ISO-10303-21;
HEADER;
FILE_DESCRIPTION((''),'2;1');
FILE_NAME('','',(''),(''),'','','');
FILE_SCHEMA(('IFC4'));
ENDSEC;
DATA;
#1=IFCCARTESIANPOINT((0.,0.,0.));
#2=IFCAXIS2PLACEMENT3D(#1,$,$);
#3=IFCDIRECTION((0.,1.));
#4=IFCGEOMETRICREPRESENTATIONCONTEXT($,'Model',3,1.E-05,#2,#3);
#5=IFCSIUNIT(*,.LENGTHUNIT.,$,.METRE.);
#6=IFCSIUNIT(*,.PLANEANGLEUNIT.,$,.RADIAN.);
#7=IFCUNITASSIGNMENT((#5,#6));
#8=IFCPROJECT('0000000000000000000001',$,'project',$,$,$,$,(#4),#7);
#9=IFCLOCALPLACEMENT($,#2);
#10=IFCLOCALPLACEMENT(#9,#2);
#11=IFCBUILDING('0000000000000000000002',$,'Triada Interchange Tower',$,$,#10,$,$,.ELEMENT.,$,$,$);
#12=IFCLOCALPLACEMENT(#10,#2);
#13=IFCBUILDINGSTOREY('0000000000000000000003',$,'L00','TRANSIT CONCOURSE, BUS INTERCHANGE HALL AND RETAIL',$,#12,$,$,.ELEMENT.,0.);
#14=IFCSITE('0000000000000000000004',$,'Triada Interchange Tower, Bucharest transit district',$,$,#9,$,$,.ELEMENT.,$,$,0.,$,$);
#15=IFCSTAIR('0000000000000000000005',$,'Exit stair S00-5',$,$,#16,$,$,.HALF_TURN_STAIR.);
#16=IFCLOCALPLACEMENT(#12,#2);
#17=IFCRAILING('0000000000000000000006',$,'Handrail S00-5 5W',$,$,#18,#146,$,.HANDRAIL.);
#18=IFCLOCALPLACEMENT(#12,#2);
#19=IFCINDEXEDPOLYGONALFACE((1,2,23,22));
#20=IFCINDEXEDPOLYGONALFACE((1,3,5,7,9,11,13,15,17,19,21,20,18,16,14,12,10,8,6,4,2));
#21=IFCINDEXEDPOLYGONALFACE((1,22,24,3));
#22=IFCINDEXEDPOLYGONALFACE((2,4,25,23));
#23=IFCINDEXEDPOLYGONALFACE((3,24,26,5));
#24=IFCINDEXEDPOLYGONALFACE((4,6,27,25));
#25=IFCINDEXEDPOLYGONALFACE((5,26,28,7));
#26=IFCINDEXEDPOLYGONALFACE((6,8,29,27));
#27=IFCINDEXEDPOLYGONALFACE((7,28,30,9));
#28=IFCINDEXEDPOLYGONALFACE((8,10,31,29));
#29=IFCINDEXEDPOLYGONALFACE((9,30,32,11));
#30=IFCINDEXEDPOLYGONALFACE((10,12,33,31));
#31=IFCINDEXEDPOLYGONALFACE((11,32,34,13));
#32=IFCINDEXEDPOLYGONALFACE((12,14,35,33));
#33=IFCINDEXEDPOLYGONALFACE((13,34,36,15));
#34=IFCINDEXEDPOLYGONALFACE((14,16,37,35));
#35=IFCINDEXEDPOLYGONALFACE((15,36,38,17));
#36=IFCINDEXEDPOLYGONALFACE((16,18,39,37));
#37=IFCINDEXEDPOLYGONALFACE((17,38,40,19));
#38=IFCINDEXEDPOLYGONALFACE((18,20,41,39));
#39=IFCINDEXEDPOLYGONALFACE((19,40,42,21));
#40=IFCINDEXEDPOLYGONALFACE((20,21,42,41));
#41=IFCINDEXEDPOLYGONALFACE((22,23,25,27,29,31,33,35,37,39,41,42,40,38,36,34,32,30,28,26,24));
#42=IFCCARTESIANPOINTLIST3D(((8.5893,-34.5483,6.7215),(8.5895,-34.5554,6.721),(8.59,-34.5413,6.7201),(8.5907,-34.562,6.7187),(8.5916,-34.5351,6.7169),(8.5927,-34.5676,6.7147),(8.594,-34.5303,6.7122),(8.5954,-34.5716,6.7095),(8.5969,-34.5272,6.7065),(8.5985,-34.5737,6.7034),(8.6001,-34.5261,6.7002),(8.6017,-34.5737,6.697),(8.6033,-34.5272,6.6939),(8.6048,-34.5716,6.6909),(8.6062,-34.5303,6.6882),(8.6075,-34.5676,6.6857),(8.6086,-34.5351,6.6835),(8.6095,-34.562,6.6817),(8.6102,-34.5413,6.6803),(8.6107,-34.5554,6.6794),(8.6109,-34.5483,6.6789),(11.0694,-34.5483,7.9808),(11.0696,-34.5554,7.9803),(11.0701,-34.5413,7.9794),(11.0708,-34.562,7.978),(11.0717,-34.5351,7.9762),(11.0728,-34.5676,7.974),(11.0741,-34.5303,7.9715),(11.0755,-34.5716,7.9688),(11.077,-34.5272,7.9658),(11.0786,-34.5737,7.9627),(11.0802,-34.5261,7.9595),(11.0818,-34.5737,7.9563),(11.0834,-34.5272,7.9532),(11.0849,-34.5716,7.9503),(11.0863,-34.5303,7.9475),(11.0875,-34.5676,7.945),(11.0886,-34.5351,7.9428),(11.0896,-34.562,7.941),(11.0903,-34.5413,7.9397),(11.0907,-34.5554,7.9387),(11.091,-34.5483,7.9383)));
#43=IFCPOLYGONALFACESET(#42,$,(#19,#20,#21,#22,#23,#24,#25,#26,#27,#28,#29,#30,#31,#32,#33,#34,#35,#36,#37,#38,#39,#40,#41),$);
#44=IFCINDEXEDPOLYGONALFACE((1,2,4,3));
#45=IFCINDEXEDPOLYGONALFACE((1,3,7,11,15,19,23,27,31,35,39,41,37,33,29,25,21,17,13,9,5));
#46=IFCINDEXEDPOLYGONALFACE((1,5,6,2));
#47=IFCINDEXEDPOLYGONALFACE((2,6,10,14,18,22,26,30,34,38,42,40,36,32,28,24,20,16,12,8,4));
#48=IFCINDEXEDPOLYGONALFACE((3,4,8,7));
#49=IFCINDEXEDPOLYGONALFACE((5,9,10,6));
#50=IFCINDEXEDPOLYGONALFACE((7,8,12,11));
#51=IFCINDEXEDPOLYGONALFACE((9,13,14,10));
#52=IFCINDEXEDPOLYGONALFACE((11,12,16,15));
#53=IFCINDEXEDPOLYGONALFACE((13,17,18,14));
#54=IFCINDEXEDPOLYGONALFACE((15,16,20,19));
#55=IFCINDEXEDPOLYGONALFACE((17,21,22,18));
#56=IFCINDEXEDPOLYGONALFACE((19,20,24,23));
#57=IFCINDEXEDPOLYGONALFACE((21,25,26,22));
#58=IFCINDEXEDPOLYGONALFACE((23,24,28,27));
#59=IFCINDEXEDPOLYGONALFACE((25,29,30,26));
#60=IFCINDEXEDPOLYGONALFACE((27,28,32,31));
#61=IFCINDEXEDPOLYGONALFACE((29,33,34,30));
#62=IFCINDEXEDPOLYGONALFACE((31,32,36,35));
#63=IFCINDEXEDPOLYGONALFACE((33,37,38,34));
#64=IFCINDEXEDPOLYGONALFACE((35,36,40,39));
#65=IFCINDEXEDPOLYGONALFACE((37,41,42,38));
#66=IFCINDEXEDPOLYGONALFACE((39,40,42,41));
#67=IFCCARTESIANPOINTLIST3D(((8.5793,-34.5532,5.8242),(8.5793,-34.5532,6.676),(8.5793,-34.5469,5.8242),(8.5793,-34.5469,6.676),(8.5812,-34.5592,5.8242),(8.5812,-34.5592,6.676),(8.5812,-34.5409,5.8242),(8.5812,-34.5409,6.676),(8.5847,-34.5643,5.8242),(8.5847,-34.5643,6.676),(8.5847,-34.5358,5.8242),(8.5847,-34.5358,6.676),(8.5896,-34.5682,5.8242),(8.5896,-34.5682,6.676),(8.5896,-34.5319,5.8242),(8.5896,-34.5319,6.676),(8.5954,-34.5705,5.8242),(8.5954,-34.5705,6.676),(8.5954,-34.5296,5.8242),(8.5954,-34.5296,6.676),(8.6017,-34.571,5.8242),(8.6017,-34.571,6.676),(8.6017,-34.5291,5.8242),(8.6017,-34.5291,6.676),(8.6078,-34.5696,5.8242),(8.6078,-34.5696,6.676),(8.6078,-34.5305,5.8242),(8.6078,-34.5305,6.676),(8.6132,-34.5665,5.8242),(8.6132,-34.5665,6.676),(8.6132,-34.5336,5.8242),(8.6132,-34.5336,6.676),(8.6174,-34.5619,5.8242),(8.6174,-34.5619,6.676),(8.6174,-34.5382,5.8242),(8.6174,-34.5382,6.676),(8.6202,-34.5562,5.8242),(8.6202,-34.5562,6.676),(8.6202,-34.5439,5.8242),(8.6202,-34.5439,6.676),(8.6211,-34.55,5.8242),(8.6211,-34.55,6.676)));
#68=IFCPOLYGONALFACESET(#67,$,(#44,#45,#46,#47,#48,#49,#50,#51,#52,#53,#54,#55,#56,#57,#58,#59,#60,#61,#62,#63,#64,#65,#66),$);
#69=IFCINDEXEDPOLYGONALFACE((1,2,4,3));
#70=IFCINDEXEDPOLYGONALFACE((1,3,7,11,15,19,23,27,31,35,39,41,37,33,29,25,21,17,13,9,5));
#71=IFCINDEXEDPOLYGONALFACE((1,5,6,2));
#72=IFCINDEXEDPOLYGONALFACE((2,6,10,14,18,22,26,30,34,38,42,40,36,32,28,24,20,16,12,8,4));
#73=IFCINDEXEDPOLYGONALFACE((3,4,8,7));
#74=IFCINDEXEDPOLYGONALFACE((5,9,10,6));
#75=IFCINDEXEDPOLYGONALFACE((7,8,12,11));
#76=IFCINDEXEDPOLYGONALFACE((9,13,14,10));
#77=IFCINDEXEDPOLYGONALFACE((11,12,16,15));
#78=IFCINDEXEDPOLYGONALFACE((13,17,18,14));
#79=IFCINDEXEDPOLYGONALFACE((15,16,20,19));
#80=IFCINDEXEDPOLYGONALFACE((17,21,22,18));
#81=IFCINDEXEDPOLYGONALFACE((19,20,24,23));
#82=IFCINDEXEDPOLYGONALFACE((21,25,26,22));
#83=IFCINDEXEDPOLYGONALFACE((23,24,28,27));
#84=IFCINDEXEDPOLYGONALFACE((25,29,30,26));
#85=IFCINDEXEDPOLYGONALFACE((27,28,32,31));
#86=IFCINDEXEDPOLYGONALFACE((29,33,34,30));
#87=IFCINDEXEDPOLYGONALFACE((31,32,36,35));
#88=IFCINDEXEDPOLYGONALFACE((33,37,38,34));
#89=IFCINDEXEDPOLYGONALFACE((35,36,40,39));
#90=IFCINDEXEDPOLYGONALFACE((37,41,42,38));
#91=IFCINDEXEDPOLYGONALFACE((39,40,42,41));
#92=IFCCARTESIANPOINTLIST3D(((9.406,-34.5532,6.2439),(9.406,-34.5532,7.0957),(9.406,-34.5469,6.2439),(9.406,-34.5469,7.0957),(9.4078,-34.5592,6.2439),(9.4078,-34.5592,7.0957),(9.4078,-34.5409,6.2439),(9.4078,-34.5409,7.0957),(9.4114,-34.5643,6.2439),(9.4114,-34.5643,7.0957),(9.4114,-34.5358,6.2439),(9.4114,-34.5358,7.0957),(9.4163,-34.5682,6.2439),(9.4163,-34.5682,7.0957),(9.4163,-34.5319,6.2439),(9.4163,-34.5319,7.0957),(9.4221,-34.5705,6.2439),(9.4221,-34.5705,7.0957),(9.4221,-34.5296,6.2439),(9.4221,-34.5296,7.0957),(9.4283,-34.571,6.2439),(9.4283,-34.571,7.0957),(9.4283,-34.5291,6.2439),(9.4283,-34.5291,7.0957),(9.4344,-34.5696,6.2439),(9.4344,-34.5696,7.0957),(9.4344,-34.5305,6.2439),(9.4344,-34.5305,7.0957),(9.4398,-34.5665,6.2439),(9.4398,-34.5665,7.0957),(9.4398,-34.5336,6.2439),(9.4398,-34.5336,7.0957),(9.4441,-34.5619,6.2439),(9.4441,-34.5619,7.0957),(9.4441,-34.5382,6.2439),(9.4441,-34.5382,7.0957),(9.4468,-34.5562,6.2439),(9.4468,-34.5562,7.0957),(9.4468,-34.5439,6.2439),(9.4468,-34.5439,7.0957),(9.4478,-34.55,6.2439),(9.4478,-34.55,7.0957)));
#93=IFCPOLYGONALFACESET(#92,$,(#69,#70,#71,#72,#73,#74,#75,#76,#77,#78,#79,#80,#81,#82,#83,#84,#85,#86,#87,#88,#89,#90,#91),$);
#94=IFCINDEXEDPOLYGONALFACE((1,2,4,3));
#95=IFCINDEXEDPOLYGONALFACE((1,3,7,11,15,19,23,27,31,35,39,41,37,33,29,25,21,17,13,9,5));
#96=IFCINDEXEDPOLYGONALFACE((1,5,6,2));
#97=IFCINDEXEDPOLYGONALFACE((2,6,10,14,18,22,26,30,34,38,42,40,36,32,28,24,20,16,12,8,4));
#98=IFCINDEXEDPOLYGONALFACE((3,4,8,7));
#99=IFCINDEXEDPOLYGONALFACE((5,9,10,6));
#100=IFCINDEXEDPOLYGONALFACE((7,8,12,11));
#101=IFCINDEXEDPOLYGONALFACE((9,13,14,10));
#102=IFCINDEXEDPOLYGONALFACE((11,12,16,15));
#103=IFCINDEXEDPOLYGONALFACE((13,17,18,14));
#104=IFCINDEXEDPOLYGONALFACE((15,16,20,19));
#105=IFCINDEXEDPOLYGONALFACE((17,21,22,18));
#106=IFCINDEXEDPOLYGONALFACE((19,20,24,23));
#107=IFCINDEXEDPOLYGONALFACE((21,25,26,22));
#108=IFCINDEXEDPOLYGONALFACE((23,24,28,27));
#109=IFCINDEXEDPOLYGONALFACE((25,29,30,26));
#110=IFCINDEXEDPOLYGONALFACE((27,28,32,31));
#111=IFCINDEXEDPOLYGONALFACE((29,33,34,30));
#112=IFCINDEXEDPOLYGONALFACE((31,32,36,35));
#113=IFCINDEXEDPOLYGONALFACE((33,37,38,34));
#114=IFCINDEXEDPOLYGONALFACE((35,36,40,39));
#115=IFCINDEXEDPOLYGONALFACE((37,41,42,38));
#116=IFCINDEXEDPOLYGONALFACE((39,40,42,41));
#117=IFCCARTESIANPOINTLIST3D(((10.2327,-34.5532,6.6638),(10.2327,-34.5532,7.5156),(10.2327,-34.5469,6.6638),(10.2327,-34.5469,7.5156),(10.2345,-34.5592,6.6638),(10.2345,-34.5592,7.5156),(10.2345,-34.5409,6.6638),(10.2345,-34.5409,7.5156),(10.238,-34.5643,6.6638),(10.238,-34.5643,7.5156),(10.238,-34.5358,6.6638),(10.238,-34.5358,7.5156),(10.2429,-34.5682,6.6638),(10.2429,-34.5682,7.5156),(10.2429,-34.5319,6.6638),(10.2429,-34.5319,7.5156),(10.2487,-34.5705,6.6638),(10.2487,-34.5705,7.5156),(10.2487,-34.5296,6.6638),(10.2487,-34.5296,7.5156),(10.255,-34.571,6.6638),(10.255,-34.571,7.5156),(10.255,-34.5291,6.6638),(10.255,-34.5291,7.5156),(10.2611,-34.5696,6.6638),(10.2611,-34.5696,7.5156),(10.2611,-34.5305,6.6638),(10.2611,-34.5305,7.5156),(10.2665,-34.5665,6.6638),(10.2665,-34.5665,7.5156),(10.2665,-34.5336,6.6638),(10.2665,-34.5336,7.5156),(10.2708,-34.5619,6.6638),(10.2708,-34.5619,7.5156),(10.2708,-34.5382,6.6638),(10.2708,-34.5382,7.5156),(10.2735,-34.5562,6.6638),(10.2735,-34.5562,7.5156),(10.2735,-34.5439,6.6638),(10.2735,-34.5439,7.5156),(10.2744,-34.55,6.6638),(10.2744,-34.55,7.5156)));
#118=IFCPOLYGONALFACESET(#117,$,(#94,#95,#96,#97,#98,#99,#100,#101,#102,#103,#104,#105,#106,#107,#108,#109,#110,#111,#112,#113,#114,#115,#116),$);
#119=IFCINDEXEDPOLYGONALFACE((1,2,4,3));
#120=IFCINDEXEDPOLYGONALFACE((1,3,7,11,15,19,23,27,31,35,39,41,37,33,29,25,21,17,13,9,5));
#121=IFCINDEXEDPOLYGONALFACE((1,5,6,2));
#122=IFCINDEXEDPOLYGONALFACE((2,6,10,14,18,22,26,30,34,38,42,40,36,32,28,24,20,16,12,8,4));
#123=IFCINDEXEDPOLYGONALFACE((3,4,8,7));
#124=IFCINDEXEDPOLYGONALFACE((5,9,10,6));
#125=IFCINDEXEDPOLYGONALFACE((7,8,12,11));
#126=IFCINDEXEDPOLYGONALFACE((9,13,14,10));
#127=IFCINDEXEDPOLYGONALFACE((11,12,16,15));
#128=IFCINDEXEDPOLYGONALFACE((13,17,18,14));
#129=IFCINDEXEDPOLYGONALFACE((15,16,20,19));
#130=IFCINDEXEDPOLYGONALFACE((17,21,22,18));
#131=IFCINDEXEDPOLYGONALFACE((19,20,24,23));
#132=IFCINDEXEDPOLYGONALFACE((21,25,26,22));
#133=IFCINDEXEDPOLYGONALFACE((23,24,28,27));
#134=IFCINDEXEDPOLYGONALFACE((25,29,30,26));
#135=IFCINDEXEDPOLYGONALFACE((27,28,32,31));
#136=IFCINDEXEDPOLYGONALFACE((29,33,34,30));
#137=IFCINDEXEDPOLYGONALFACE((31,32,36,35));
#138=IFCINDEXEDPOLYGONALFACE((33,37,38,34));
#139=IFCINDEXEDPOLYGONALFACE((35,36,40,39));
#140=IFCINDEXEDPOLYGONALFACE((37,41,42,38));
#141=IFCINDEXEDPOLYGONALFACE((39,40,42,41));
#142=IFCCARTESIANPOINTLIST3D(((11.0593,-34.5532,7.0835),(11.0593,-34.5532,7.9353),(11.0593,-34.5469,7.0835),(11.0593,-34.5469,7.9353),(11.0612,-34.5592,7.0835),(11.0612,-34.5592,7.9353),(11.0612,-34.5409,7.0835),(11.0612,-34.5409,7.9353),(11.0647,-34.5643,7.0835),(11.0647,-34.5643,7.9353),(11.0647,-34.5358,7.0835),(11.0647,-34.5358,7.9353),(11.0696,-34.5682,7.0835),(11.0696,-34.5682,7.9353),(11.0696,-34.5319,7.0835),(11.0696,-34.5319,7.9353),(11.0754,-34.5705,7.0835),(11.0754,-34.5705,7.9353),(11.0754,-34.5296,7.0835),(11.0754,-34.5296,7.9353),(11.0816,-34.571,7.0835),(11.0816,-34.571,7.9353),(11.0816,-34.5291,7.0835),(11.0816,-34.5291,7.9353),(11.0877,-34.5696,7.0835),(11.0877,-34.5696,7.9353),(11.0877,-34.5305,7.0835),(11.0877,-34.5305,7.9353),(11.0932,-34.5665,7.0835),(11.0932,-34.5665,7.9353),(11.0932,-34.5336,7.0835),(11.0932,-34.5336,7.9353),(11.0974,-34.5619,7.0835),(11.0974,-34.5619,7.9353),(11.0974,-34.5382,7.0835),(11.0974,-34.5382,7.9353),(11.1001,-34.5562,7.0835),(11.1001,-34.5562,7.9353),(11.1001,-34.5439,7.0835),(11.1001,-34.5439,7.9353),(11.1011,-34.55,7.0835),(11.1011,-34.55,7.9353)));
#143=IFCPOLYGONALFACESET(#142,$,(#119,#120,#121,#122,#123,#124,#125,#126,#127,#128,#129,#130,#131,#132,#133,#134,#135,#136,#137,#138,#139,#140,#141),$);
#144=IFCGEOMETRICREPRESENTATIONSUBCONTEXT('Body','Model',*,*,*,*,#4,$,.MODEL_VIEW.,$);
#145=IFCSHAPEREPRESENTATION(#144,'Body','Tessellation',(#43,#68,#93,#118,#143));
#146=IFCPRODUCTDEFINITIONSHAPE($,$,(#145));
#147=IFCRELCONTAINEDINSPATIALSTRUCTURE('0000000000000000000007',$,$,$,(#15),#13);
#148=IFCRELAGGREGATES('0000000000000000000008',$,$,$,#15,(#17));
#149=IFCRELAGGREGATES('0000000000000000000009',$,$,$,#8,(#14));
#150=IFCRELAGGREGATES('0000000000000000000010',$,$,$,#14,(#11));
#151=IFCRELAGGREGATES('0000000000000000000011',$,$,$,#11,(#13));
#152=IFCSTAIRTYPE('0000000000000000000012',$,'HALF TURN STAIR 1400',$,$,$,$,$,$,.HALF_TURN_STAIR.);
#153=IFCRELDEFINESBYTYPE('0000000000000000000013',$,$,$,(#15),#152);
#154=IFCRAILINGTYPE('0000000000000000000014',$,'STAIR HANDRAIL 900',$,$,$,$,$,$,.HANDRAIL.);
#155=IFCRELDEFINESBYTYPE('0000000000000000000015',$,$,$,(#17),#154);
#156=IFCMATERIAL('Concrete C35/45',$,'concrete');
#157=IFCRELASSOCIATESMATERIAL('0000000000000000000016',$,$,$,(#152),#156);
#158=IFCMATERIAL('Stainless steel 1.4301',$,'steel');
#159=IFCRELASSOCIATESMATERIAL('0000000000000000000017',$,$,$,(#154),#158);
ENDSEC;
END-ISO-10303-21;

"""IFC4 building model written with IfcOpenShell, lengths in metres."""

from ifc_helpers import new_model, si_unit, direction, frame, origin, origin_2d, place, context, subcontext, project, spatial, circle, extrude, material, type_object, element, aggregate, save


model = new_model("IFC4")

# Units and contexts
model_context = context("Model", 3, precision=1e-05, world=origin(), true_north=direction((0.0, 1.0)))
body_context = subcontext(model_context, "Body", "Model", "MODEL_VIEW")
ifc_project = project(units=[si_unit("LENGTHUNIT", "METRE"), si_unit("PLANEANGLEUNIT", "RADIAN")], contexts=[model_context])

# Site, building, storey
site_placement = place(None, origin())
site = spatial("IfcSite", under=ifc_project, at=site_placement, Name="Triada Interchange Tower, Bucharest transit district", CompositionType="ELEMENT", RefElevation=0.0)
building_placement = place(site_placement, origin())
building = spatial("IfcBuilding", under=site, at=building_placement, Name="Triada Interchange Tower", CompositionType="ELEMENT")
storey_placement = place(building_placement, origin())
storey = spatial("IfcBuildingStorey", under=building, at=storey_placement, Name="L00", Description="TRANSIT CONCOURSE, BUS INTERCHANGE HALL AND RETAIL", CompositionType="ELEMENT", Elevation=0.0)

# Shared definitions
ifc_material_1 = material(Name="Concrete C35/45", Category="concrete")

# Stair, railing
stair_type = type_object("IfcStairType", Name="HALF TURN STAIR 1400", PredefinedType="HALF_TURN_STAIR", material=ifc_material_1)
stair_1_placement = place(storey_placement, origin())
stair_1 = element("IfcStair", 1, at=stair_1_placement, inside=storey, type_object=stair_type, Name="Exit stair S00-5", PredefinedType="HALF_TURN_STAIR")
ifc_material_2 = material(Name="Stainless steel 1.4301", Category="steel")
railing_type_1 = type_object("IfcRailingType", Name="STAIR HANDRAIL 900", PredefinedType="HANDRAIL", material=ifc_material_2)
railing_1_placement = place(storey_placement, frame((8.6001, -34.55, 5.8242)))
railing_1 = element("IfcRailing", 2, at=railing_1_placement, type_object=railing_type_1, Name="Handrail S00-5 5W", PredefinedType="HANDRAIL", context=body_context, shape_type="SweptSolid", body=[
    extrude(circle(Radius=0.0239, at=origin_2d()), frame((0.0, 0.0, 0.876), z_axis=(0.891636, 0.0, 0.452752), x_axis=(0.0, 1.0, 0.0)), (0.0, 0.0, 1.0), 2.7815),
    extrude(circle(Radius=0.021, at=origin_2d()), origin(), (0.0, 0.0, 1.0), 0.8518),
    extrude(circle(Radius=0.021, at=origin_2d()), frame((0.8267, 0.0, 0.4197)), (0.0, 0.0, 1.0), 0.8518),
    extrude(circle(Radius=0.021, at=origin_2d()), frame((1.6533, 0.0, 0.8396)), (0.0, 0.0, 1.0), 0.8518),
    extrude(circle(Radius=0.021, at=origin_2d()), frame((2.48, 0.0, 1.2593)), (0.0, 0.0, 1.0), 0.8518),
])
aggregate(stair_1, [railing_1])

save(model, "model.ifc")
